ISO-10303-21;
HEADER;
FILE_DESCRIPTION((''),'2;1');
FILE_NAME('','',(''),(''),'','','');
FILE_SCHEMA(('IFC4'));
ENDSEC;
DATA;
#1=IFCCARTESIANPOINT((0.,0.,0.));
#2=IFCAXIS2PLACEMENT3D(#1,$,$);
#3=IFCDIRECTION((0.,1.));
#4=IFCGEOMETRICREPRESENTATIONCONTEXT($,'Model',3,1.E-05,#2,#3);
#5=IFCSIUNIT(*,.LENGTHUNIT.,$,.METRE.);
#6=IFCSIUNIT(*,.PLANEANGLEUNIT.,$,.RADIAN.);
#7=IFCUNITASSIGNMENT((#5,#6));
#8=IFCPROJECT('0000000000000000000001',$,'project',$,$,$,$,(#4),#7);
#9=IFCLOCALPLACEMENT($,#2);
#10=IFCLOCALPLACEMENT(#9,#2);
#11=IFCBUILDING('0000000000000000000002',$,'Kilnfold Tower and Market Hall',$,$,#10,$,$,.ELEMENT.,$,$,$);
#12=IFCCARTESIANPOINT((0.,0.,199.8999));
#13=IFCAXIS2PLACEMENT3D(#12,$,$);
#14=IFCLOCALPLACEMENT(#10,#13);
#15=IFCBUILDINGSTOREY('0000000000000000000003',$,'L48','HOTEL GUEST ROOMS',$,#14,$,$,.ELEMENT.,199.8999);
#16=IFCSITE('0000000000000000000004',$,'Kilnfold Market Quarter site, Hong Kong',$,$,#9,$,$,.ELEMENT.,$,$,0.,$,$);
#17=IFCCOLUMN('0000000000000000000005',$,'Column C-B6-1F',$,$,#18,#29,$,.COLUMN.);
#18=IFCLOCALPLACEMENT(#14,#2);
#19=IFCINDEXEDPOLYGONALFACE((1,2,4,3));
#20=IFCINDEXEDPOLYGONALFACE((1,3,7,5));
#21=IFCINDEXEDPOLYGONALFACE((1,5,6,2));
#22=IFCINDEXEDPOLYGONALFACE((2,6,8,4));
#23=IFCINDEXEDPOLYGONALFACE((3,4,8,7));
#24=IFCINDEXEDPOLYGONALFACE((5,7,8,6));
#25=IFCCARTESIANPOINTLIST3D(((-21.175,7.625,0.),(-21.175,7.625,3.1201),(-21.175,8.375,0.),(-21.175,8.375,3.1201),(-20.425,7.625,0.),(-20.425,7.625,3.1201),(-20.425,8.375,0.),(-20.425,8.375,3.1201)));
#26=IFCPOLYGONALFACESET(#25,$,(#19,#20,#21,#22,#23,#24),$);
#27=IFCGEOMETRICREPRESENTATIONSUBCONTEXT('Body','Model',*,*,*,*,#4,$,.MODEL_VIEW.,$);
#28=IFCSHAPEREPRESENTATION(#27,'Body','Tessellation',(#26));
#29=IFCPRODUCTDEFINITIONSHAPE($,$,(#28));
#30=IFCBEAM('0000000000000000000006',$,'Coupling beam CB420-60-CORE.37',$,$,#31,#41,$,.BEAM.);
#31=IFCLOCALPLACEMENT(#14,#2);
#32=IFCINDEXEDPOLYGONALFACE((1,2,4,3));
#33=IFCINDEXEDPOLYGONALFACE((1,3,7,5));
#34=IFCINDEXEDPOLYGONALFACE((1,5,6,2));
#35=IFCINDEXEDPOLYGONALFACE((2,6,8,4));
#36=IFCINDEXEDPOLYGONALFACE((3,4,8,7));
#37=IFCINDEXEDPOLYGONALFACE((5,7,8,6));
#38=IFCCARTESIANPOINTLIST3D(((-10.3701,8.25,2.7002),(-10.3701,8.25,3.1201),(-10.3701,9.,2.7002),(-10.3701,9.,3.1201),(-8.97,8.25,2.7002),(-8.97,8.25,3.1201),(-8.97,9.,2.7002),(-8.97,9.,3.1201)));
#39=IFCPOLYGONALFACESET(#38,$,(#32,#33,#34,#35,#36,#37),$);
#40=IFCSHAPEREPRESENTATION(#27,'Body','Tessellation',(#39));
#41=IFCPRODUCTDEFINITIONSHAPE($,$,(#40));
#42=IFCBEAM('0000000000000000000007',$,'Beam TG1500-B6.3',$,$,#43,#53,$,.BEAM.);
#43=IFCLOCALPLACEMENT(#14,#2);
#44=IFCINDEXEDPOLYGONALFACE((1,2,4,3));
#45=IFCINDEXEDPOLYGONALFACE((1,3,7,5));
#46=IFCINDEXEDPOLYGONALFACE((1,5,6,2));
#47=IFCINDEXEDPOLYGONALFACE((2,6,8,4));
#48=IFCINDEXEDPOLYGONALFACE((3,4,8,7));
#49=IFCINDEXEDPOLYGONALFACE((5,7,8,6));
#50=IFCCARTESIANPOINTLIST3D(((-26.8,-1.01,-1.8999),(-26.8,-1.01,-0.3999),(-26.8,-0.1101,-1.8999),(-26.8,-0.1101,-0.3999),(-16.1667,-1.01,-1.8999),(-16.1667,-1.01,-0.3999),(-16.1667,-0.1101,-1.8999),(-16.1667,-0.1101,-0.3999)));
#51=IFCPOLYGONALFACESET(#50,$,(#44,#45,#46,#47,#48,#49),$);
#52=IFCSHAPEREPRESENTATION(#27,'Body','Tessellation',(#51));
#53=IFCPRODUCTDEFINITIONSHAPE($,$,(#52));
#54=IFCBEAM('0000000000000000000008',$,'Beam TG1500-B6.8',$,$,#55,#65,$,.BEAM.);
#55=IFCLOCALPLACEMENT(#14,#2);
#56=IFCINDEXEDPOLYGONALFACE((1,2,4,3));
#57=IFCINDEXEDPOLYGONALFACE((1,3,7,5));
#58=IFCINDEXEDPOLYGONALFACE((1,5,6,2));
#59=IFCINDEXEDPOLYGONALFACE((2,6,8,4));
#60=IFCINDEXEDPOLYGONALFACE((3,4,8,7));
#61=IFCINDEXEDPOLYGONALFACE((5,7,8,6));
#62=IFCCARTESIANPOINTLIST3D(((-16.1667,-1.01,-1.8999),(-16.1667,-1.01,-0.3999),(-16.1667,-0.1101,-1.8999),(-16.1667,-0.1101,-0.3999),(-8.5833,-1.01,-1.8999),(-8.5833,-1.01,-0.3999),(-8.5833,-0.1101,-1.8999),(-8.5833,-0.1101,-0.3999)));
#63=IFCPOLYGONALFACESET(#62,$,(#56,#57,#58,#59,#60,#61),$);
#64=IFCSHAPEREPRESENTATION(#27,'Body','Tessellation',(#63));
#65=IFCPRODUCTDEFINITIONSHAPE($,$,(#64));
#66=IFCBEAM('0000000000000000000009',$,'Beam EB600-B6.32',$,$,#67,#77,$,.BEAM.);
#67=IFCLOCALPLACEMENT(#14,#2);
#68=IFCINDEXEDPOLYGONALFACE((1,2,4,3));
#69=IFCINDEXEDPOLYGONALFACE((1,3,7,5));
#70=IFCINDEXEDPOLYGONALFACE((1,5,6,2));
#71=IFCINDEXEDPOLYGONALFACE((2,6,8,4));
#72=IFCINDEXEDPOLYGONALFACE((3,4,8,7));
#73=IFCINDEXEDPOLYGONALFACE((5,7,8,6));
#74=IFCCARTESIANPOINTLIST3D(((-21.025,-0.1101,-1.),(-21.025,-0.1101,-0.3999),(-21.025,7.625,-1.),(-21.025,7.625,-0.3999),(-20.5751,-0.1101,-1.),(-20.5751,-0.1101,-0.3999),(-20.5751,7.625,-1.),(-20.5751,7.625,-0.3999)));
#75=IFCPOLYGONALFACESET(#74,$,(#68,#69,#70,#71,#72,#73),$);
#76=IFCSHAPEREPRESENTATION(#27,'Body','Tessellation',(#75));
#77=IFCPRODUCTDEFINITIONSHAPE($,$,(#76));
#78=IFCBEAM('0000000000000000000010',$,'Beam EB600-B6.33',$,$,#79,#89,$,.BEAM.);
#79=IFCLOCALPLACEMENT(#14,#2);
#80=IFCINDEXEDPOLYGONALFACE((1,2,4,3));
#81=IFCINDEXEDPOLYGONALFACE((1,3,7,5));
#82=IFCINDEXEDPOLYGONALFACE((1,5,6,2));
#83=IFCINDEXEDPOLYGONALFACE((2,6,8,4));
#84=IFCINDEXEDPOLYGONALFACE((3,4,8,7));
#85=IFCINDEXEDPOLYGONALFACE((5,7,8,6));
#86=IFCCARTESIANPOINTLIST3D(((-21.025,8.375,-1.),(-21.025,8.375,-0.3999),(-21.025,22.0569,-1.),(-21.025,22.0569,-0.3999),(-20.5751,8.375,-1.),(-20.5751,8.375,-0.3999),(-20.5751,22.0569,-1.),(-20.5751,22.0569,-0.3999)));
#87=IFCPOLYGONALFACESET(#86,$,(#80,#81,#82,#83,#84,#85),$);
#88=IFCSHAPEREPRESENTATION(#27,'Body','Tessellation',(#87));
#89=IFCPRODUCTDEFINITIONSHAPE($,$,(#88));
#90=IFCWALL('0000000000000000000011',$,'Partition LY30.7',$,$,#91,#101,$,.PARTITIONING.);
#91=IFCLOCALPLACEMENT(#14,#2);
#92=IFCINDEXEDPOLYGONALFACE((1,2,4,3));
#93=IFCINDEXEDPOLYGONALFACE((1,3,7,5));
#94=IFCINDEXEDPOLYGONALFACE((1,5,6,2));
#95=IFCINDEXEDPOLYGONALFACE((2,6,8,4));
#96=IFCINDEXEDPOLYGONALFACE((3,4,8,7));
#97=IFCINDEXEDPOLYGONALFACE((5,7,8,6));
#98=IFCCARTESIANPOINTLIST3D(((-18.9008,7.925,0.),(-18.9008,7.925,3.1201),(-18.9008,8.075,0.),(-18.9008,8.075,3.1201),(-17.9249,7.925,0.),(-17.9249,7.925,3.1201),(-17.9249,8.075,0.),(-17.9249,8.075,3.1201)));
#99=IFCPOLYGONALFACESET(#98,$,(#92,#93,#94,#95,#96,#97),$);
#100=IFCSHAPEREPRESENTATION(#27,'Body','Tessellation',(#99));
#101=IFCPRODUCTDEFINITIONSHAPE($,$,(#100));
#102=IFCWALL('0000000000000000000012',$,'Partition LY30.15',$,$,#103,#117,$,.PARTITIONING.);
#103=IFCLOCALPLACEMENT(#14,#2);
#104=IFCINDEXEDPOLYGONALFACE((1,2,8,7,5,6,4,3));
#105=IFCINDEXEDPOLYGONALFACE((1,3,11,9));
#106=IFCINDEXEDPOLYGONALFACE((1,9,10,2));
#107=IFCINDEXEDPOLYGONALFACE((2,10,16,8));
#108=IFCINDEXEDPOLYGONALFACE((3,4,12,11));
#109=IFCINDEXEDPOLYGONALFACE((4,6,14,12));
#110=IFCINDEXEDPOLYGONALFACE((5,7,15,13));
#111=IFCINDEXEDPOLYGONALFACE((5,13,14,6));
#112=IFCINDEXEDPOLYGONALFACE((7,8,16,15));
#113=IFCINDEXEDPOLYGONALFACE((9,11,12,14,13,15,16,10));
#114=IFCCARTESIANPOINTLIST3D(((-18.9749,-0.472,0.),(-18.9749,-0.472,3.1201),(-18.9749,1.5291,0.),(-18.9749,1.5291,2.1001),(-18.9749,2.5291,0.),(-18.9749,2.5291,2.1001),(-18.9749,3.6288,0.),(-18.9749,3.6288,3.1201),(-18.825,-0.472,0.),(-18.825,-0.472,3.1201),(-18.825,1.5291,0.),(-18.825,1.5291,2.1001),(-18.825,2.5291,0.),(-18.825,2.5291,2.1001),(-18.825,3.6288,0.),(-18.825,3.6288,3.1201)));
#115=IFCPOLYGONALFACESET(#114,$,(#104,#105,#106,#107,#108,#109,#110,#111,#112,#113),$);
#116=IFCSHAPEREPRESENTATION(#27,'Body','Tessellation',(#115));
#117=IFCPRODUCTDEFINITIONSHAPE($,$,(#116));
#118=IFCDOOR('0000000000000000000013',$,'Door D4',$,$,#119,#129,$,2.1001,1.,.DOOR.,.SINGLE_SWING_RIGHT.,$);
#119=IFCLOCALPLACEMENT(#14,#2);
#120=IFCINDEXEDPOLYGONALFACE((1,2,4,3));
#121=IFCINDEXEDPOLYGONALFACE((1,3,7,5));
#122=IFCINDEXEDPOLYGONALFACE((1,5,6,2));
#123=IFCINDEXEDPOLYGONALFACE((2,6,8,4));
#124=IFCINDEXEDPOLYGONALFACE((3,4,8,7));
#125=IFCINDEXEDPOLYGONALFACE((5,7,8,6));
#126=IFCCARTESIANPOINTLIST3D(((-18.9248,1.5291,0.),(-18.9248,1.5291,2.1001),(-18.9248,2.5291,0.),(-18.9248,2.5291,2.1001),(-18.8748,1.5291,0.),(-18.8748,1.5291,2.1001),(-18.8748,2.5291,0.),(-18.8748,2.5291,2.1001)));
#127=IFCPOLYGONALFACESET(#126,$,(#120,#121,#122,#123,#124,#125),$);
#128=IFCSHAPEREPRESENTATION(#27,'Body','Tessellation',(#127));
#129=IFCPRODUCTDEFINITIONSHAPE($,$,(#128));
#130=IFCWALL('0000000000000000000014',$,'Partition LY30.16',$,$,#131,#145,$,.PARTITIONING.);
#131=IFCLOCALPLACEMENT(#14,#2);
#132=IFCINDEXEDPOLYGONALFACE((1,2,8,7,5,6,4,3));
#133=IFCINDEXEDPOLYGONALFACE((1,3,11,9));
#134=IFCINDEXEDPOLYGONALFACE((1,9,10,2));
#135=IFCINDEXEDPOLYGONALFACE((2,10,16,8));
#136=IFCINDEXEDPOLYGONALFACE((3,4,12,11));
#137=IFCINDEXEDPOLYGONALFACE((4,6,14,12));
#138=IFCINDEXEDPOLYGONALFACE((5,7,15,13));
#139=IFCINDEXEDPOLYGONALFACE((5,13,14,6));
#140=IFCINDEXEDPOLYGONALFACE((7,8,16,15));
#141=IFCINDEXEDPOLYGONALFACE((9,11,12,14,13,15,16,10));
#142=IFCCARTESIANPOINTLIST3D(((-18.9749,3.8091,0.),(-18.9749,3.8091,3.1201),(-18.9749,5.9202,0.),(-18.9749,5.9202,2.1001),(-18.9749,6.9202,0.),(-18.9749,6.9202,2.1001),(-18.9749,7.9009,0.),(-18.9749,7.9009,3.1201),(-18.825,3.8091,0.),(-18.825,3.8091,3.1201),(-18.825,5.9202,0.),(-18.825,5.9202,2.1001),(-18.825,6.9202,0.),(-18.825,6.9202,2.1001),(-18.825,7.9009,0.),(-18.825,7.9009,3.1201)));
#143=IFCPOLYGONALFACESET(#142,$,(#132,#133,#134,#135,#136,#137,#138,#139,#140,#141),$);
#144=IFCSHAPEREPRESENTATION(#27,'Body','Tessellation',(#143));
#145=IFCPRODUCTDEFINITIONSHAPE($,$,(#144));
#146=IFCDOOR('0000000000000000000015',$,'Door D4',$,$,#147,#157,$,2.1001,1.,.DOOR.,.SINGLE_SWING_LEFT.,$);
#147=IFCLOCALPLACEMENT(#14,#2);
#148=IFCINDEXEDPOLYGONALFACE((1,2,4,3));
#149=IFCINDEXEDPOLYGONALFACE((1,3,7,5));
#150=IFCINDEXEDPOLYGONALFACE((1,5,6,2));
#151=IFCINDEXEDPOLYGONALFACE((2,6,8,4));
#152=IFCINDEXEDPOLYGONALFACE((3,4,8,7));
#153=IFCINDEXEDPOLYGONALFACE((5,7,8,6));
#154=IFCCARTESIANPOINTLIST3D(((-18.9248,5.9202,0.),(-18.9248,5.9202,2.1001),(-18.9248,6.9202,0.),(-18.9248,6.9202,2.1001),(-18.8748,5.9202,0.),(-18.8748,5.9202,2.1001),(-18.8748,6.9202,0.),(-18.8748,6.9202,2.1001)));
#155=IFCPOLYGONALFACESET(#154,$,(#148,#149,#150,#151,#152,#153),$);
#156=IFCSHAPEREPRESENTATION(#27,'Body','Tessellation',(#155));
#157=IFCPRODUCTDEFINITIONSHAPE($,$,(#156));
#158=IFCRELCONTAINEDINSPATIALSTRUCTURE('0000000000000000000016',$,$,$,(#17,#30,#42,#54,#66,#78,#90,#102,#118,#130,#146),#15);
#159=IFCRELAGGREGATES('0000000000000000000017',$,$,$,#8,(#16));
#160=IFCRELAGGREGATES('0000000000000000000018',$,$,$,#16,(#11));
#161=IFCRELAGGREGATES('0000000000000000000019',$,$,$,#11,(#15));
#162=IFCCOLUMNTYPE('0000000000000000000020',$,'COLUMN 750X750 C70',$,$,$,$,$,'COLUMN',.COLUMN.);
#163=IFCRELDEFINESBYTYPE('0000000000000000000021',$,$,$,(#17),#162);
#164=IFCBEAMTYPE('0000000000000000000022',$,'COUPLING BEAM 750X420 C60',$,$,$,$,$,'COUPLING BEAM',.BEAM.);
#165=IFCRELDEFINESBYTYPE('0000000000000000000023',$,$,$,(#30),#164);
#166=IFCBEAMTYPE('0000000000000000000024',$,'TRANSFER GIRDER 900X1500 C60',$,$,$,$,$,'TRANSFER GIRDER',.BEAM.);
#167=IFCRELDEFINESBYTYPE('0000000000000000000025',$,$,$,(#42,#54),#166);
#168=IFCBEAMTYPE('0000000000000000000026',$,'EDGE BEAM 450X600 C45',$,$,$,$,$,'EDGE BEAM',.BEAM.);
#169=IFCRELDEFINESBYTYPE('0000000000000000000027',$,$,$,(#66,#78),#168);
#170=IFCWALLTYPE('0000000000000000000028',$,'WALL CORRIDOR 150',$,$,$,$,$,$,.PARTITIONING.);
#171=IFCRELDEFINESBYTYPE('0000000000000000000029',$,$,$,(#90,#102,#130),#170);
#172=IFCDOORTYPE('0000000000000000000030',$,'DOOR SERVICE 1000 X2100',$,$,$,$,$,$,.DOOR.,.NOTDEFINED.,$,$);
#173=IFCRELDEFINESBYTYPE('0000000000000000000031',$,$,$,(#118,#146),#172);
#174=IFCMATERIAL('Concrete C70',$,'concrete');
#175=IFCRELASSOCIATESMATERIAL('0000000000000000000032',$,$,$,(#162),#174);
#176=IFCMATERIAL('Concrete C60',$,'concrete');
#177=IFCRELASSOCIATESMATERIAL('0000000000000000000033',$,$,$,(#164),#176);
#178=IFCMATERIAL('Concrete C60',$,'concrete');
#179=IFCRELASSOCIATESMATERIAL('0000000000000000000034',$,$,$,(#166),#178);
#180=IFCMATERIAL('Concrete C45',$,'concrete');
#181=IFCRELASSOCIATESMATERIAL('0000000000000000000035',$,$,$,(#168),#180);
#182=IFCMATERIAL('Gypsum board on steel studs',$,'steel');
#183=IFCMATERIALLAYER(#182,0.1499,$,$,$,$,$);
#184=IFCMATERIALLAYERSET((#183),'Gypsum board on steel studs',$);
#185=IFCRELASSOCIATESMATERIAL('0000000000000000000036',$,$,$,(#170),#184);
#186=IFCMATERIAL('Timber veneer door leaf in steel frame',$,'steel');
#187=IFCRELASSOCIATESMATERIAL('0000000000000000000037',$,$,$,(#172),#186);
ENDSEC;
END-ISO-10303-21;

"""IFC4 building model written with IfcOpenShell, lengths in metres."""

from ifc_helpers import new_model, si_unit, direction, frame, frame_2d, origin, origin_2d, place, context, subcontext, project, spatial, rectangle, extrude, source, transform, mapped, material, layer, layer_set, material_profile, profile_set, type_object, element, fill, save


model = new_model("IFC4")

# Units and contexts
model_context = context("Model", 3, precision=1e-05, world=origin(), true_north=direction((0.0, 1.0)))
body_context = subcontext(model_context, "Body", "Model", "MODEL_VIEW")
ifc_project = project(units=[si_unit("LENGTHUNIT", "METRE"), si_unit("PLANEANGLEUNIT", "RADIAN")], contexts=[model_context])

# Site, building, storey
site_placement = place(None, origin())
site = spatial("IfcSite", under=ifc_project, at=site_placement, Name="Kilnfold Market Quarter site, Hong Kong", CompositionType="ELEMENT", RefElevation=0.0)
building_placement = place(site_placement, origin())
building = spatial("IfcBuilding", under=site, at=building_placement, Name="Kilnfold Tower and Market Hall", CompositionType="ELEMENT")
storey_placement = place(building_placement, frame((0.0, 0.0, 199.8999)))
storey = spatial("IfcBuildingStorey", under=building, at=storey_placement, Name="L48", Description="HOTEL GUEST ROOMS", CompositionType="ELEMENT", Elevation=199.8999)

# Column
ifc_material_1 = material(Name="Concrete C70", Category="concrete")
ifc_material_profile_1 = material_profile(ifc_material_1, rectangle(XDim=0.75, YDim=0.75, at=origin_2d()), Name="RC 750x750")
ifc_profile_set_1 = profile_set([ifc_material_profile_1], Name="Concrete C70")
column_type = type_object("IfcColumnType", Name="COLUMN 750X750 C70", ElementType="COLUMN", PredefinedType="COLUMN", material=ifc_profile_set_1)
shared_shape_1 = source(origin(), body_context, "Body", "SweptSolid", [
    extrude(rectangle(XDim=0.75, YDim=0.75, at=origin_2d()), origin(), (0.0, 0.0, 1.0), 3.1201),
])
column_placement = place(storey_placement, frame((-20.8, 8.0, 0.0), z_axis=(0.0, 0.0, 1.0), x_axis=(1.0, 0.0, 0.0)))
element("IfcColumn", 1, at=column_placement, inside=storey, type_object=column_type, Name="Column C-B6-1F", PredefinedType="COLUMN", context=body_context, shape_type="MappedRepresentation", body=[
    mapped(shared_shape_1, transform((0.0, 0.0, 0.0))),
])

# Beams
ifc_material_2 = material(Name="Concrete C60", Category="concrete")
ifc_material_profile_2 = material_profile(ifc_material_2, rectangle(XDim=0.75, YDim=0.4199, at=origin_2d()), Name="RC 750x420")
ifc_profile_set_2 = profile_set([ifc_material_profile_2], Name="Concrete C60")
beam_type_1 = type_object("IfcBeamType", Name="COUPLING BEAM 750X420 C60", ElementType="COUPLING BEAM", PredefinedType="BEAM", material=ifc_profile_set_2)
shared_shape_2 = source(origin(), body_context, "Body", "SweptSolid", [
    extrude(rectangle(XDim=0.75, YDim=0.4199, at=origin_2d()), origin(), (0.0, 0.0, 1.0), 1.4001),
])
beam_1_placement = place(storey_placement, frame((-10.3701, 8.625, 2.9102), z_axis=(1.0, 0.0, 0.0), x_axis=(0.0, 1.0, 0.0)))
element("IfcBeam", 2, at=beam_1_placement, inside=storey, type_object=beam_type_1, Name="Coupling beam CB420-60-CORE.37", PredefinedType="BEAM", context=body_context, shape_type="MappedRepresentation", body=[
    mapped(shared_shape_2, transform((0.0, 0.0, 0.0))),
])
ifc_material_3 = material(Name="Concrete C60", Category="concrete")
ifc_material_profile_3 = material_profile(ifc_material_3, rectangle(XDim=0.8999, YDim=1.5, at=origin_2d()), Name="RC 900x1500")
ifc_profile_set_3 = profile_set([ifc_material_profile_3], Name="Concrete C60")
beam_type_2 = type_object("IfcBeamType", Name="TRANSFER GIRDER 900X1500 C60", ElementType="TRANSFER GIRDER", PredefinedType="BEAM", material=ifc_profile_set_3)
shared_shape_3 = source(origin(), body_context, "Body", "SweptSolid", [
    extrude(rectangle(XDim=0.8999, YDim=1.5, at=origin_2d()), origin(), (0.0, 0.0, 1.0), 10.6333),
])
beam_2_placement = place(storey_placement, frame((-26.8, -0.5601, -1.1499), z_axis=(1.0, 0.0, 0.0), x_axis=(0.0, 1.0, 0.0)))
element("IfcBeam", 3, at=beam_2_placement, inside=storey, type_object=beam_type_2, Name="Beam TG1500-B6.3", PredefinedType="BEAM", context=body_context, shape_type="MappedRepresentation", body=[
    mapped(shared_shape_3, transform((0.0, 0.0, 0.0))),
])
shared_shape_4 = source(origin(), body_context, "Body", "SweptSolid", [
    extrude(rectangle(XDim=0.8999, YDim=1.5, at=origin_2d()), origin(), (0.0, 0.0, 1.0), 7.5835),
])
beam_3_placement = place(storey_placement, frame((-16.1667, -0.5601, -1.1499), z_axis=(1.0, 0.0, 0.0), x_axis=(0.0, 1.0, 0.0)))
element("IfcBeam", 4, at=beam_3_placement, inside=storey, type_object=beam_type_2, Name="Beam TG1500-B6.8", PredefinedType="BEAM", context=body_context, shape_type="MappedRepresentation", body=[
    mapped(shared_shape_4, transform((0.0, 0.0, 0.0))),
])
ifc_material_4 = material(Name="Concrete C45", Category="concrete")
ifc_material_profile_4 = material_profile(ifc_material_4, rectangle(XDim=0.45, YDim=0.6001, at=origin_2d()), Name="RC 450x600")
ifc_profile_set_4 = profile_set([ifc_material_profile_4], Name="Concrete C45")
beam_type_3 = type_object("IfcBeamType", Name="EDGE BEAM 450X600 C45", ElementType="EDGE BEAM", PredefinedType="BEAM", material=ifc_profile_set_4)
shared_shape_5 = source(origin(), body_context, "Body", "SweptSolid", [
    extrude(rectangle(XDim=0.45, YDim=0.6001, at=origin_2d()), origin(), (0.0, 0.0, 1.0), 7.7351),
])
beam_4_placement = place(storey_placement, frame((-20.8, -0.1101, -0.7), z_axis=(0.0, 1.0, 0.0), x_axis=(-1.0, 0.0, 0.0)))
element("IfcBeam", 5, at=beam_4_placement, inside=storey, type_object=beam_type_3, Name="Beam EB600-B6.32", PredefinedType="BEAM", context=body_context, shape_type="MappedRepresentation", body=[
    mapped(shared_shape_5, transform((0.0, 0.0, 0.0))),
])
shared_shape_6 = source(origin(), body_context, "Body", "SweptSolid", [
    extrude(rectangle(XDim=0.45, YDim=0.6001, at=origin_2d()), origin(), (0.0, 0.0, 1.0), 13.6819),
])
beam_5_placement = place(storey_placement, frame((-20.8, 8.375, -0.7), z_axis=(0.0, 1.0, 0.0), x_axis=(-1.0, 0.0, 0.0)))
element("IfcBeam", 6, at=beam_5_placement, inside=storey, type_object=beam_type_3, Name="Beam EB600-B6.33", PredefinedType="BEAM", context=body_context, shape_type="MappedRepresentation", body=[
    mapped(shared_shape_6, transform((0.0, 0.0, 0.0))),
])

# Wall
ifc_material_5 = material(Name="Gypsum board on steel studs", Category="steel")
ifc_layer_1 = layer(ifc_material_5, 0.1499)
ifc_layer_set_1 = layer_set([ifc_layer_1], Name="Gypsum board on steel studs")
wall_type_1 = type_object("IfcWallType", Name="WALL CORRIDOR 150", PredefinedType="PARTITIONING", material=ifc_layer_set_1)
wall_1_placement = place(storey_placement, frame((-17.925, 8.0, 0.0), z_axis=(0.0, 0.0, 1.0), x_axis=(-1.0, 0.0, 0.0)))
element("IfcWall", 7, at=wall_1_placement, inside=storey, type_object=wall_type_1, Name="Partition LY30.7", PredefinedType="PARTITIONING", context=body_context, shape_type="SweptSolid", body=[
    extrude(rectangle(XDim=0.9758, YDim=0.1499, at=frame_2d((0.4878, 0.0))), origin(), (0.0, 0.0, 1.0), 3.1201),
])

# Walls, openings, doors
wall_2_placement = place(storey_placement, frame((-18.8999, -0.4719, 0.0), z_axis=(0.0, 0.0, 1.0), x_axis=(0.0, 1.0, 0.0)))
wall_2 = element("IfcWall", 8, at=wall_2_placement, inside=storey, type_object=wall_type_1, Name="Partition LY30.15", PredefinedType="PARTITIONING", context=body_context, shape_type="SweptSolid", body=[
    extrude(rectangle(XDim=4.1008, YDim=0.1499, at=frame_2d((2.0503, 0.0))), origin(), (0.0, 0.0, 1.0), 3.1201),
])
opening_1_placement = place(wall_2_placement, frame((2.001, 0.0, 0.0)))
opening_1 = element("IfcOpeningElement", 9, at=opening_1_placement, cuts=wall_2, PredefinedType="OPENING", context=body_context, shape_type="SweptSolid", body=[
    extrude(rectangle(XDim=1.0, YDim=2.1001, at=frame_2d((0.5, 1.05))), frame((0.0, 0.085, 0.0), z_axis=(0.0, -1.0, 0.0), x_axis=(1.0, 0.0, 0.0)), (0.0, 0.0, 1.0), 0.1699),
])
ifc_material_6 = material(Name="Timber veneer door leaf in steel frame", Category="steel")
door_type_1 = type_object("IfcDoorType", Name="DOOR SERVICE 1000 X2100", OperationType="NOTDEFINED", PredefinedType="DOOR", material=ifc_material_6)
door_1_placement = place(opening_1_placement, origin())
door_1 = element("IfcDoor", 10, at=door_1_placement, inside=storey, type_object=door_type_1, Name="Door D4", OperationType="SINGLE_SWING_RIGHT", OverallHeight=2.1001, OverallWidth=1.0, PredefinedType="DOOR", context=body_context, shape_type="SweptSolid", body=[
    extrude(rectangle(XDim=1.0, YDim=2.1001, at=frame_2d((0.5, 1.05))), frame((0.0, 0.0249, 0.0), z_axis=(0.0, -1.0, 0.0), x_axis=(1.0, 0.0, 0.0)), (0.0, 0.0, 1.0), 0.05),
])
fill(opening_1, door_1)
wall_3_placement = place(storey_placement, frame((-18.8999, 3.8091, 0.0), z_axis=(0.0, 0.0, 1.0), x_axis=(0.0, 1.0, 0.0)))
wall_3 = element("IfcWall", 11, at=wall_3_placement, inside=storey, type_object=wall_type_1, Name="Partition LY30.16", PredefinedType="PARTITIONING", context=body_context, shape_type="SweptSolid", body=[
    extrude(rectangle(XDim=4.0918, YDim=0.1499, at=frame_2d((2.0459, 0.0))), origin(), (0.0, 0.0, 1.0), 3.1201),
])
opening_2_placement = place(wall_3_placement, frame((2.1111, 0.0, 0.0)))
opening_2 = element("IfcOpeningElement", 12, at=opening_2_placement, cuts=wall_3, PredefinedType="OPENING", context=body_context, shape_type="SweptSolid", body=[
    extrude(rectangle(XDim=1.0, YDim=2.1001, at=frame_2d((0.5, 1.05))), frame((0.0, 0.085, 0.0), z_axis=(0.0, -1.0, 0.0), x_axis=(1.0, 0.0, 0.0)), (0.0, 0.0, 1.0), 0.1699),
])
door_2_placement = place(opening_2_placement, origin())
door_2 = element("IfcDoor", 13, at=door_2_placement, inside=storey, type_object=door_type_1, Name="Door D4", OperationType="SINGLE_SWING_LEFT", OverallHeight=2.1001, OverallWidth=1.0, PredefinedType="DOOR", context=body_context, shape_type="SweptSolid", body=[
    extrude(rectangle(XDim=1.0, YDim=2.1001, at=frame_2d((0.5, 1.05))), frame((0.0, 0.0249, 0.0), z_axis=(0.0, -1.0, 0.0), x_axis=(1.0, 0.0, 0.0)), (0.0, 0.0, 1.0), 0.05),
])
fill(opening_2, door_2)

save(model, "model.ifc")
